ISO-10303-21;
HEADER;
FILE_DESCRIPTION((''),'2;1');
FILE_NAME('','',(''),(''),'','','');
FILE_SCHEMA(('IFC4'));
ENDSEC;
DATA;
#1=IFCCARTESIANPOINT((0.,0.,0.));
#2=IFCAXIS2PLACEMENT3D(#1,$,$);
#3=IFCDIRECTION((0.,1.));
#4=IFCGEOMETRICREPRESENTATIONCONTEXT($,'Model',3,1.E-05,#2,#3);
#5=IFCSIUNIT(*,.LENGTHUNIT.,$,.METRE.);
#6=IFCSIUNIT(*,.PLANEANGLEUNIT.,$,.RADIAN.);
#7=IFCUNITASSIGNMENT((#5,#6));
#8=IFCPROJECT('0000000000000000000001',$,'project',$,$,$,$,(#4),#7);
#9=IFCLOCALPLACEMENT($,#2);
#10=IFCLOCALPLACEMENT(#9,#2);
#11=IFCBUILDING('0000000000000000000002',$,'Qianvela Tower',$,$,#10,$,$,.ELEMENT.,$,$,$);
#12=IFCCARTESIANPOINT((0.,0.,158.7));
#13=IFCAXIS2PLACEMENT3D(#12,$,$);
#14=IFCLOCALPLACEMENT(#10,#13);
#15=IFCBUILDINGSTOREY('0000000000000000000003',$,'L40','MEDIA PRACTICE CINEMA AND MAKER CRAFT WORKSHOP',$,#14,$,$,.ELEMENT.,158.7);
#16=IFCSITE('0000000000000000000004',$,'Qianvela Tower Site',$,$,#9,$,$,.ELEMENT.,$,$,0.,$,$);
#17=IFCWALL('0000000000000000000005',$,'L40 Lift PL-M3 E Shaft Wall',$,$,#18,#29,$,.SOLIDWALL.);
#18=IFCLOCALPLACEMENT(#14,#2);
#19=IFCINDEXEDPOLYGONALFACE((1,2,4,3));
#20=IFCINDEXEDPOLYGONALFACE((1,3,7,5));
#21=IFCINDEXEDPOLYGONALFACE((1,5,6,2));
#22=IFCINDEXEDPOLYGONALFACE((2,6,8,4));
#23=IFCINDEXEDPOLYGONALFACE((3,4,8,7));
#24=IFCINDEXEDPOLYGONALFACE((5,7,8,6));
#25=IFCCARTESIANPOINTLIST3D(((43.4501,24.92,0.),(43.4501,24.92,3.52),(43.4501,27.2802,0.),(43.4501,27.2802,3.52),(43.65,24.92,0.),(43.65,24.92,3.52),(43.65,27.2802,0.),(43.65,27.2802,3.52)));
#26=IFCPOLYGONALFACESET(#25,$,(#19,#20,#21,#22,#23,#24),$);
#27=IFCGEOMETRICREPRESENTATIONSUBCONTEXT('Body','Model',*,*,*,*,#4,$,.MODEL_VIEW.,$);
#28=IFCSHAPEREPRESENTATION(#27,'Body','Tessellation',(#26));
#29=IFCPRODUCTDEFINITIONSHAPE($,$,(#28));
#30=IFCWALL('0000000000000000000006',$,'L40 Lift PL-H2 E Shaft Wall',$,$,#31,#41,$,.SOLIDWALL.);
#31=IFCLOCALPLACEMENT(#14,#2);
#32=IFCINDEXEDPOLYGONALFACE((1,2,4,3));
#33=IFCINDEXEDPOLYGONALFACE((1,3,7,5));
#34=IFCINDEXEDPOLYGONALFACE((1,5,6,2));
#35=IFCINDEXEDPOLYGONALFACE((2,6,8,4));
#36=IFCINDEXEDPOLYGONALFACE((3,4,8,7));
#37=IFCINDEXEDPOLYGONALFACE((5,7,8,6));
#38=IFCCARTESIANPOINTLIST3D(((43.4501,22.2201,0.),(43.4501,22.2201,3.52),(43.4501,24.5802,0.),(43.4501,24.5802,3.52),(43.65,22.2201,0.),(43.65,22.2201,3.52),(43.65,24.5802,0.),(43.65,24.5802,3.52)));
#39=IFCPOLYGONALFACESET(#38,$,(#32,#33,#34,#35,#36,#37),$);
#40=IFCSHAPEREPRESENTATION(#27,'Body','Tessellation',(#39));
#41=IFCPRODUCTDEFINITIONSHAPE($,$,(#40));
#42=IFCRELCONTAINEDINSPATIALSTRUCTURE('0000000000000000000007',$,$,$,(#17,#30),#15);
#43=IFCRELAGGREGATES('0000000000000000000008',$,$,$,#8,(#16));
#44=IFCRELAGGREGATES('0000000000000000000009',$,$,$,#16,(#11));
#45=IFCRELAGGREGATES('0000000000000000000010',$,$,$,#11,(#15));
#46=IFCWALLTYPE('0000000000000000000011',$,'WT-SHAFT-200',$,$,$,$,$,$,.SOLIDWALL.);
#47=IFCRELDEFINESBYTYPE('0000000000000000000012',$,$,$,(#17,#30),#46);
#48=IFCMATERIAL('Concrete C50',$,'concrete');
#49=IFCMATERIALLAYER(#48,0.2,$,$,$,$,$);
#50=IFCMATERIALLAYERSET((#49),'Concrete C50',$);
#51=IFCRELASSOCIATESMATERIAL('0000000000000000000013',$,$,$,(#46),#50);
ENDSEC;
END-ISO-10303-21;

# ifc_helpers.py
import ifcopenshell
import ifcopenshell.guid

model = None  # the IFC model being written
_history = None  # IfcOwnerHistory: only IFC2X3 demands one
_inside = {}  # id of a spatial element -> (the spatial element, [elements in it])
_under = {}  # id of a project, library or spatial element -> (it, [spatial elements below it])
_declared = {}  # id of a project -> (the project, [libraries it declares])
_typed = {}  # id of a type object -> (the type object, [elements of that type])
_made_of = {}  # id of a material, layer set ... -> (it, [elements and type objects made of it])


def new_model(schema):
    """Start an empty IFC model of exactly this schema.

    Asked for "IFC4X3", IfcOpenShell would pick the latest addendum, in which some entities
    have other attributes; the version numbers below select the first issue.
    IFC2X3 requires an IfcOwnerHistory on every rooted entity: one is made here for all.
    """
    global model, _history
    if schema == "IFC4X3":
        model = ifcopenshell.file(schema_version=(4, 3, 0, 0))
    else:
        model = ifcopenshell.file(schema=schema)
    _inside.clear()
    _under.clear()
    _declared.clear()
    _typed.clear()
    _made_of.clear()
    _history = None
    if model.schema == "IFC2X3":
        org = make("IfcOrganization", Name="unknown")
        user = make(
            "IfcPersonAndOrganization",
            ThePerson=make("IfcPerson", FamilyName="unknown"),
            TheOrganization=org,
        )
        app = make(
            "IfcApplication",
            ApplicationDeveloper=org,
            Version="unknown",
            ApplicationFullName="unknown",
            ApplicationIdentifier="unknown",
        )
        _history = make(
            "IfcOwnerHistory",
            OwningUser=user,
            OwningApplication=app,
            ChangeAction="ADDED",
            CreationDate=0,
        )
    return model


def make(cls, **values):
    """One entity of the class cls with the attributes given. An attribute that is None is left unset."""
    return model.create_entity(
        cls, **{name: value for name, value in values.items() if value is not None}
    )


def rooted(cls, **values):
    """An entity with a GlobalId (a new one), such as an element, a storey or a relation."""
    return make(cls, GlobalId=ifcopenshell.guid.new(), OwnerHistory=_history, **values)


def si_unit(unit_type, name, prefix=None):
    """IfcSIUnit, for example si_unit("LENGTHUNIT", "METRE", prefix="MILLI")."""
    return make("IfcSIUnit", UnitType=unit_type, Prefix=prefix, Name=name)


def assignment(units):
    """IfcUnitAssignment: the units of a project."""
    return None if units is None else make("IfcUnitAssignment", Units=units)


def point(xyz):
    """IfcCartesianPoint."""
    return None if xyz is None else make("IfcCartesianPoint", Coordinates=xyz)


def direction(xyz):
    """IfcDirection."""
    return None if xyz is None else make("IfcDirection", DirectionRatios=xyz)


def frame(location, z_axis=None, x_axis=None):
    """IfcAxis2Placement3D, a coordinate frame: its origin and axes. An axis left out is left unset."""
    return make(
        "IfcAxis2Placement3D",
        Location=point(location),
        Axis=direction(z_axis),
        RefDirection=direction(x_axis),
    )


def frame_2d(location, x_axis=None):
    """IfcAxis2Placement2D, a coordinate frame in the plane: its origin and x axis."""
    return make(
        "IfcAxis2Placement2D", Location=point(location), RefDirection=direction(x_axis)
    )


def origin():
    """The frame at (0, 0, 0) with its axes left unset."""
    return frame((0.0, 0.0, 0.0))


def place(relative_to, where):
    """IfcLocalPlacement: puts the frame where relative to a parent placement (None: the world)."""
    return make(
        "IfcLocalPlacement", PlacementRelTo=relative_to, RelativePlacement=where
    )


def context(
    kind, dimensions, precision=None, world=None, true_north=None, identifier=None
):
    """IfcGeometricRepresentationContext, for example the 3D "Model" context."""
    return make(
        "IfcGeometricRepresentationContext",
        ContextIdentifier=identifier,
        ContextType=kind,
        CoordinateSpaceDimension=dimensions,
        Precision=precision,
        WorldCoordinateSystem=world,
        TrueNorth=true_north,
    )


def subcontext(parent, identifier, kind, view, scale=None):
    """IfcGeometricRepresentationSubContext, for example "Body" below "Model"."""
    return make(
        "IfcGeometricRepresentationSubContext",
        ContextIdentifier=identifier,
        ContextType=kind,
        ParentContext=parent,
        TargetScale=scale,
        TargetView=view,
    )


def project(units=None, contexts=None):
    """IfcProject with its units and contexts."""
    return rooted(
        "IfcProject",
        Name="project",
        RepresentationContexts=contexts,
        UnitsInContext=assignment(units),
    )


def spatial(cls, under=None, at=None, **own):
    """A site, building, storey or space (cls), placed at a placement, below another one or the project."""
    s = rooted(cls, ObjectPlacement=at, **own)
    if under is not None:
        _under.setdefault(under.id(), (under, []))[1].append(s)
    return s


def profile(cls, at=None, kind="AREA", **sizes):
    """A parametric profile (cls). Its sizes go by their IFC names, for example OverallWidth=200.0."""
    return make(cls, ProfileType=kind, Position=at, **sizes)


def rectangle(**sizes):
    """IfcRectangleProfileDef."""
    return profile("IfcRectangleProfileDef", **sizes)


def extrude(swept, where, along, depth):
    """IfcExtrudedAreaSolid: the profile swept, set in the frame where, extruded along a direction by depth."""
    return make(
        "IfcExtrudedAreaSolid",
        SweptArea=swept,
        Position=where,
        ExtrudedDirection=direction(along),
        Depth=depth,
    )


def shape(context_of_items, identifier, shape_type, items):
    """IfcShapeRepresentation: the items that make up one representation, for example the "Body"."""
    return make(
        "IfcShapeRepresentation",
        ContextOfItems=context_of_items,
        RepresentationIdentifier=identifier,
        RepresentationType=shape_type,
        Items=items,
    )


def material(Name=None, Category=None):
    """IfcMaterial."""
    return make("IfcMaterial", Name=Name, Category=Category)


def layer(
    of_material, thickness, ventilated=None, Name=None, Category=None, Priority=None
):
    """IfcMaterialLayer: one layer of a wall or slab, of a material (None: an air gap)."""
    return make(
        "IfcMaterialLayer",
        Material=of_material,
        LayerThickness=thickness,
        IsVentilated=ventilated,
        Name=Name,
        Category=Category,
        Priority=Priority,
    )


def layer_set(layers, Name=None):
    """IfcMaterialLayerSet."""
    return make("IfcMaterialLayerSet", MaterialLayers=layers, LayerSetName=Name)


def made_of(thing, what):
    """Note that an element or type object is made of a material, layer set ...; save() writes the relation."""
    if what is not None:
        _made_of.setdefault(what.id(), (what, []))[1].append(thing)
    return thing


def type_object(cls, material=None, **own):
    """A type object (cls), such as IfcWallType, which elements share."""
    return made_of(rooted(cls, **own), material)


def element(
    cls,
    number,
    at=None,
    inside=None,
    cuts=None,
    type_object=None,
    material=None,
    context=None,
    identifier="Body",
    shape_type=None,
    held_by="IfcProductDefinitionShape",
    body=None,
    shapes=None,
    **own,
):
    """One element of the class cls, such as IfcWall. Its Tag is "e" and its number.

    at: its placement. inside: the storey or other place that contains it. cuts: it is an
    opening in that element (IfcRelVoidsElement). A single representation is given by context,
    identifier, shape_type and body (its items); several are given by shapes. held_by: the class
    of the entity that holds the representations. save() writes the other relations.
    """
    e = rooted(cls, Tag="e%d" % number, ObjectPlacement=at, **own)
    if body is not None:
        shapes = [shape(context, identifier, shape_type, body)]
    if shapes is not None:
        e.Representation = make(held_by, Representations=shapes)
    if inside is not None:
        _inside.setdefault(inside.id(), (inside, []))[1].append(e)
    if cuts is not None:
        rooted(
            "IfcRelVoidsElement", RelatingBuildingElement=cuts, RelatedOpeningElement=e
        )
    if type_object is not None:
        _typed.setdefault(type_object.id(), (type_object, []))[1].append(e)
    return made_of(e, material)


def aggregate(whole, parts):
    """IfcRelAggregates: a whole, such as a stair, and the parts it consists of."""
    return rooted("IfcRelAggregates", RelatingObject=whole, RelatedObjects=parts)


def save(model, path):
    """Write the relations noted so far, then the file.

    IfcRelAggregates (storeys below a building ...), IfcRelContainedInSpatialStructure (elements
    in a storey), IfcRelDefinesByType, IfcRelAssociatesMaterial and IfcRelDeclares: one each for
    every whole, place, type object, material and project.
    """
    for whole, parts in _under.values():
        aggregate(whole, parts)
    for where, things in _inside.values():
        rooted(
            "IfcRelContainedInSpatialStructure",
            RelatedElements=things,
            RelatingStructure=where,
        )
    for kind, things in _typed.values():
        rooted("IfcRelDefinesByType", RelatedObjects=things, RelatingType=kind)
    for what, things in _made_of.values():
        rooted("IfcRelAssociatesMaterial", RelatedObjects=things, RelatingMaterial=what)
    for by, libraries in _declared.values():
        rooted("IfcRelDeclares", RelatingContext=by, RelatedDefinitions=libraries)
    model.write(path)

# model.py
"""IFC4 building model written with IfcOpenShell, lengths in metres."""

from ifc_helpers import new_model, si_unit, direction, frame, frame_2d, origin, place, context, subcontext, project, spatial, rectangle, extrude, material, layer, layer_set, type_object, element, save


model = new_model("IFC4")

# Units and contexts
model_context = context("Model", 3, precision=1e-05, world=origin(), true_north=direction((0.0, 1.0)))
body_context = subcontext(model_context, "Body", "Model", "MODEL_VIEW")
ifc_project = project(units=[si_unit("LENGTHUNIT", "METRE"), si_unit("PLANEANGLEUNIT", "RADIAN")], contexts=[model_context])

# Site, building, storey
site_placement = place(None, origin())
site = spatial("IfcSite", under=ifc_project, at=site_placement, Name="Qianvela Tower Site", CompositionType="ELEMENT", RefElevation=0.0)
building_placement = place(site_placement, origin())
building = spatial("IfcBuilding", under=site, at=building_placement, Name="Qianvela Tower", CompositionType="ELEMENT")
storey_placement = place(building_placement, frame((0.0, 0.0, 158.7)))
storey = spatial("IfcBuildingStorey", under=building, at=storey_placement, Name="L40", Description="MEDIA PRACTICE CINEMA AND MAKER CRAFT WORKSHOP", CompositionType="ELEMENT", Elevation=158.7)

# Walls
ifc_material_1 = material(Name="Concrete C50", Category="concrete")
ifc_layer_1 = layer(ifc_material_1, 0.2)
ifc_layer_set_1 = layer_set([ifc_layer_1], Name="Concrete C50")
wall_type_1 = type_object("IfcWallType", Name="WT-SHAFT-200", PredefinedType="SOLIDWALL", material=ifc_layer_set_1)
for number, where, z_axis, x_axis, name in (
    (1, (43.55, 24.9199, 0.0), (0.0, 0.0, 1.0), (0.0, 1.0, 0.0), "L40 Lift PL-M3 E Shaft Wall"),
    (2, (43.55, 22.22, 0.0), (0.0, 0.0, 1.0), (0.0, 1.0, 0.0), "L40 Lift PL-H2 E Shaft Wall"),
):
    element("IfcWall", number, at=place(storey_placement, frame(where, z_axis=z_axis, x_axis=x_axis)), inside=storey, type_object=wall_type_1, Name=name, PredefinedType="SOLIDWALL", context=body_context, shape_type="SweptSolid", body=[
        extrude(rectangle(XDim=2.3601, YDim=0.2, at=frame_2d((1.1802, 0.0))), origin(), (0.0, 0.0, 1.0), 3.52),
    ])

save(model, "model.ifc")
